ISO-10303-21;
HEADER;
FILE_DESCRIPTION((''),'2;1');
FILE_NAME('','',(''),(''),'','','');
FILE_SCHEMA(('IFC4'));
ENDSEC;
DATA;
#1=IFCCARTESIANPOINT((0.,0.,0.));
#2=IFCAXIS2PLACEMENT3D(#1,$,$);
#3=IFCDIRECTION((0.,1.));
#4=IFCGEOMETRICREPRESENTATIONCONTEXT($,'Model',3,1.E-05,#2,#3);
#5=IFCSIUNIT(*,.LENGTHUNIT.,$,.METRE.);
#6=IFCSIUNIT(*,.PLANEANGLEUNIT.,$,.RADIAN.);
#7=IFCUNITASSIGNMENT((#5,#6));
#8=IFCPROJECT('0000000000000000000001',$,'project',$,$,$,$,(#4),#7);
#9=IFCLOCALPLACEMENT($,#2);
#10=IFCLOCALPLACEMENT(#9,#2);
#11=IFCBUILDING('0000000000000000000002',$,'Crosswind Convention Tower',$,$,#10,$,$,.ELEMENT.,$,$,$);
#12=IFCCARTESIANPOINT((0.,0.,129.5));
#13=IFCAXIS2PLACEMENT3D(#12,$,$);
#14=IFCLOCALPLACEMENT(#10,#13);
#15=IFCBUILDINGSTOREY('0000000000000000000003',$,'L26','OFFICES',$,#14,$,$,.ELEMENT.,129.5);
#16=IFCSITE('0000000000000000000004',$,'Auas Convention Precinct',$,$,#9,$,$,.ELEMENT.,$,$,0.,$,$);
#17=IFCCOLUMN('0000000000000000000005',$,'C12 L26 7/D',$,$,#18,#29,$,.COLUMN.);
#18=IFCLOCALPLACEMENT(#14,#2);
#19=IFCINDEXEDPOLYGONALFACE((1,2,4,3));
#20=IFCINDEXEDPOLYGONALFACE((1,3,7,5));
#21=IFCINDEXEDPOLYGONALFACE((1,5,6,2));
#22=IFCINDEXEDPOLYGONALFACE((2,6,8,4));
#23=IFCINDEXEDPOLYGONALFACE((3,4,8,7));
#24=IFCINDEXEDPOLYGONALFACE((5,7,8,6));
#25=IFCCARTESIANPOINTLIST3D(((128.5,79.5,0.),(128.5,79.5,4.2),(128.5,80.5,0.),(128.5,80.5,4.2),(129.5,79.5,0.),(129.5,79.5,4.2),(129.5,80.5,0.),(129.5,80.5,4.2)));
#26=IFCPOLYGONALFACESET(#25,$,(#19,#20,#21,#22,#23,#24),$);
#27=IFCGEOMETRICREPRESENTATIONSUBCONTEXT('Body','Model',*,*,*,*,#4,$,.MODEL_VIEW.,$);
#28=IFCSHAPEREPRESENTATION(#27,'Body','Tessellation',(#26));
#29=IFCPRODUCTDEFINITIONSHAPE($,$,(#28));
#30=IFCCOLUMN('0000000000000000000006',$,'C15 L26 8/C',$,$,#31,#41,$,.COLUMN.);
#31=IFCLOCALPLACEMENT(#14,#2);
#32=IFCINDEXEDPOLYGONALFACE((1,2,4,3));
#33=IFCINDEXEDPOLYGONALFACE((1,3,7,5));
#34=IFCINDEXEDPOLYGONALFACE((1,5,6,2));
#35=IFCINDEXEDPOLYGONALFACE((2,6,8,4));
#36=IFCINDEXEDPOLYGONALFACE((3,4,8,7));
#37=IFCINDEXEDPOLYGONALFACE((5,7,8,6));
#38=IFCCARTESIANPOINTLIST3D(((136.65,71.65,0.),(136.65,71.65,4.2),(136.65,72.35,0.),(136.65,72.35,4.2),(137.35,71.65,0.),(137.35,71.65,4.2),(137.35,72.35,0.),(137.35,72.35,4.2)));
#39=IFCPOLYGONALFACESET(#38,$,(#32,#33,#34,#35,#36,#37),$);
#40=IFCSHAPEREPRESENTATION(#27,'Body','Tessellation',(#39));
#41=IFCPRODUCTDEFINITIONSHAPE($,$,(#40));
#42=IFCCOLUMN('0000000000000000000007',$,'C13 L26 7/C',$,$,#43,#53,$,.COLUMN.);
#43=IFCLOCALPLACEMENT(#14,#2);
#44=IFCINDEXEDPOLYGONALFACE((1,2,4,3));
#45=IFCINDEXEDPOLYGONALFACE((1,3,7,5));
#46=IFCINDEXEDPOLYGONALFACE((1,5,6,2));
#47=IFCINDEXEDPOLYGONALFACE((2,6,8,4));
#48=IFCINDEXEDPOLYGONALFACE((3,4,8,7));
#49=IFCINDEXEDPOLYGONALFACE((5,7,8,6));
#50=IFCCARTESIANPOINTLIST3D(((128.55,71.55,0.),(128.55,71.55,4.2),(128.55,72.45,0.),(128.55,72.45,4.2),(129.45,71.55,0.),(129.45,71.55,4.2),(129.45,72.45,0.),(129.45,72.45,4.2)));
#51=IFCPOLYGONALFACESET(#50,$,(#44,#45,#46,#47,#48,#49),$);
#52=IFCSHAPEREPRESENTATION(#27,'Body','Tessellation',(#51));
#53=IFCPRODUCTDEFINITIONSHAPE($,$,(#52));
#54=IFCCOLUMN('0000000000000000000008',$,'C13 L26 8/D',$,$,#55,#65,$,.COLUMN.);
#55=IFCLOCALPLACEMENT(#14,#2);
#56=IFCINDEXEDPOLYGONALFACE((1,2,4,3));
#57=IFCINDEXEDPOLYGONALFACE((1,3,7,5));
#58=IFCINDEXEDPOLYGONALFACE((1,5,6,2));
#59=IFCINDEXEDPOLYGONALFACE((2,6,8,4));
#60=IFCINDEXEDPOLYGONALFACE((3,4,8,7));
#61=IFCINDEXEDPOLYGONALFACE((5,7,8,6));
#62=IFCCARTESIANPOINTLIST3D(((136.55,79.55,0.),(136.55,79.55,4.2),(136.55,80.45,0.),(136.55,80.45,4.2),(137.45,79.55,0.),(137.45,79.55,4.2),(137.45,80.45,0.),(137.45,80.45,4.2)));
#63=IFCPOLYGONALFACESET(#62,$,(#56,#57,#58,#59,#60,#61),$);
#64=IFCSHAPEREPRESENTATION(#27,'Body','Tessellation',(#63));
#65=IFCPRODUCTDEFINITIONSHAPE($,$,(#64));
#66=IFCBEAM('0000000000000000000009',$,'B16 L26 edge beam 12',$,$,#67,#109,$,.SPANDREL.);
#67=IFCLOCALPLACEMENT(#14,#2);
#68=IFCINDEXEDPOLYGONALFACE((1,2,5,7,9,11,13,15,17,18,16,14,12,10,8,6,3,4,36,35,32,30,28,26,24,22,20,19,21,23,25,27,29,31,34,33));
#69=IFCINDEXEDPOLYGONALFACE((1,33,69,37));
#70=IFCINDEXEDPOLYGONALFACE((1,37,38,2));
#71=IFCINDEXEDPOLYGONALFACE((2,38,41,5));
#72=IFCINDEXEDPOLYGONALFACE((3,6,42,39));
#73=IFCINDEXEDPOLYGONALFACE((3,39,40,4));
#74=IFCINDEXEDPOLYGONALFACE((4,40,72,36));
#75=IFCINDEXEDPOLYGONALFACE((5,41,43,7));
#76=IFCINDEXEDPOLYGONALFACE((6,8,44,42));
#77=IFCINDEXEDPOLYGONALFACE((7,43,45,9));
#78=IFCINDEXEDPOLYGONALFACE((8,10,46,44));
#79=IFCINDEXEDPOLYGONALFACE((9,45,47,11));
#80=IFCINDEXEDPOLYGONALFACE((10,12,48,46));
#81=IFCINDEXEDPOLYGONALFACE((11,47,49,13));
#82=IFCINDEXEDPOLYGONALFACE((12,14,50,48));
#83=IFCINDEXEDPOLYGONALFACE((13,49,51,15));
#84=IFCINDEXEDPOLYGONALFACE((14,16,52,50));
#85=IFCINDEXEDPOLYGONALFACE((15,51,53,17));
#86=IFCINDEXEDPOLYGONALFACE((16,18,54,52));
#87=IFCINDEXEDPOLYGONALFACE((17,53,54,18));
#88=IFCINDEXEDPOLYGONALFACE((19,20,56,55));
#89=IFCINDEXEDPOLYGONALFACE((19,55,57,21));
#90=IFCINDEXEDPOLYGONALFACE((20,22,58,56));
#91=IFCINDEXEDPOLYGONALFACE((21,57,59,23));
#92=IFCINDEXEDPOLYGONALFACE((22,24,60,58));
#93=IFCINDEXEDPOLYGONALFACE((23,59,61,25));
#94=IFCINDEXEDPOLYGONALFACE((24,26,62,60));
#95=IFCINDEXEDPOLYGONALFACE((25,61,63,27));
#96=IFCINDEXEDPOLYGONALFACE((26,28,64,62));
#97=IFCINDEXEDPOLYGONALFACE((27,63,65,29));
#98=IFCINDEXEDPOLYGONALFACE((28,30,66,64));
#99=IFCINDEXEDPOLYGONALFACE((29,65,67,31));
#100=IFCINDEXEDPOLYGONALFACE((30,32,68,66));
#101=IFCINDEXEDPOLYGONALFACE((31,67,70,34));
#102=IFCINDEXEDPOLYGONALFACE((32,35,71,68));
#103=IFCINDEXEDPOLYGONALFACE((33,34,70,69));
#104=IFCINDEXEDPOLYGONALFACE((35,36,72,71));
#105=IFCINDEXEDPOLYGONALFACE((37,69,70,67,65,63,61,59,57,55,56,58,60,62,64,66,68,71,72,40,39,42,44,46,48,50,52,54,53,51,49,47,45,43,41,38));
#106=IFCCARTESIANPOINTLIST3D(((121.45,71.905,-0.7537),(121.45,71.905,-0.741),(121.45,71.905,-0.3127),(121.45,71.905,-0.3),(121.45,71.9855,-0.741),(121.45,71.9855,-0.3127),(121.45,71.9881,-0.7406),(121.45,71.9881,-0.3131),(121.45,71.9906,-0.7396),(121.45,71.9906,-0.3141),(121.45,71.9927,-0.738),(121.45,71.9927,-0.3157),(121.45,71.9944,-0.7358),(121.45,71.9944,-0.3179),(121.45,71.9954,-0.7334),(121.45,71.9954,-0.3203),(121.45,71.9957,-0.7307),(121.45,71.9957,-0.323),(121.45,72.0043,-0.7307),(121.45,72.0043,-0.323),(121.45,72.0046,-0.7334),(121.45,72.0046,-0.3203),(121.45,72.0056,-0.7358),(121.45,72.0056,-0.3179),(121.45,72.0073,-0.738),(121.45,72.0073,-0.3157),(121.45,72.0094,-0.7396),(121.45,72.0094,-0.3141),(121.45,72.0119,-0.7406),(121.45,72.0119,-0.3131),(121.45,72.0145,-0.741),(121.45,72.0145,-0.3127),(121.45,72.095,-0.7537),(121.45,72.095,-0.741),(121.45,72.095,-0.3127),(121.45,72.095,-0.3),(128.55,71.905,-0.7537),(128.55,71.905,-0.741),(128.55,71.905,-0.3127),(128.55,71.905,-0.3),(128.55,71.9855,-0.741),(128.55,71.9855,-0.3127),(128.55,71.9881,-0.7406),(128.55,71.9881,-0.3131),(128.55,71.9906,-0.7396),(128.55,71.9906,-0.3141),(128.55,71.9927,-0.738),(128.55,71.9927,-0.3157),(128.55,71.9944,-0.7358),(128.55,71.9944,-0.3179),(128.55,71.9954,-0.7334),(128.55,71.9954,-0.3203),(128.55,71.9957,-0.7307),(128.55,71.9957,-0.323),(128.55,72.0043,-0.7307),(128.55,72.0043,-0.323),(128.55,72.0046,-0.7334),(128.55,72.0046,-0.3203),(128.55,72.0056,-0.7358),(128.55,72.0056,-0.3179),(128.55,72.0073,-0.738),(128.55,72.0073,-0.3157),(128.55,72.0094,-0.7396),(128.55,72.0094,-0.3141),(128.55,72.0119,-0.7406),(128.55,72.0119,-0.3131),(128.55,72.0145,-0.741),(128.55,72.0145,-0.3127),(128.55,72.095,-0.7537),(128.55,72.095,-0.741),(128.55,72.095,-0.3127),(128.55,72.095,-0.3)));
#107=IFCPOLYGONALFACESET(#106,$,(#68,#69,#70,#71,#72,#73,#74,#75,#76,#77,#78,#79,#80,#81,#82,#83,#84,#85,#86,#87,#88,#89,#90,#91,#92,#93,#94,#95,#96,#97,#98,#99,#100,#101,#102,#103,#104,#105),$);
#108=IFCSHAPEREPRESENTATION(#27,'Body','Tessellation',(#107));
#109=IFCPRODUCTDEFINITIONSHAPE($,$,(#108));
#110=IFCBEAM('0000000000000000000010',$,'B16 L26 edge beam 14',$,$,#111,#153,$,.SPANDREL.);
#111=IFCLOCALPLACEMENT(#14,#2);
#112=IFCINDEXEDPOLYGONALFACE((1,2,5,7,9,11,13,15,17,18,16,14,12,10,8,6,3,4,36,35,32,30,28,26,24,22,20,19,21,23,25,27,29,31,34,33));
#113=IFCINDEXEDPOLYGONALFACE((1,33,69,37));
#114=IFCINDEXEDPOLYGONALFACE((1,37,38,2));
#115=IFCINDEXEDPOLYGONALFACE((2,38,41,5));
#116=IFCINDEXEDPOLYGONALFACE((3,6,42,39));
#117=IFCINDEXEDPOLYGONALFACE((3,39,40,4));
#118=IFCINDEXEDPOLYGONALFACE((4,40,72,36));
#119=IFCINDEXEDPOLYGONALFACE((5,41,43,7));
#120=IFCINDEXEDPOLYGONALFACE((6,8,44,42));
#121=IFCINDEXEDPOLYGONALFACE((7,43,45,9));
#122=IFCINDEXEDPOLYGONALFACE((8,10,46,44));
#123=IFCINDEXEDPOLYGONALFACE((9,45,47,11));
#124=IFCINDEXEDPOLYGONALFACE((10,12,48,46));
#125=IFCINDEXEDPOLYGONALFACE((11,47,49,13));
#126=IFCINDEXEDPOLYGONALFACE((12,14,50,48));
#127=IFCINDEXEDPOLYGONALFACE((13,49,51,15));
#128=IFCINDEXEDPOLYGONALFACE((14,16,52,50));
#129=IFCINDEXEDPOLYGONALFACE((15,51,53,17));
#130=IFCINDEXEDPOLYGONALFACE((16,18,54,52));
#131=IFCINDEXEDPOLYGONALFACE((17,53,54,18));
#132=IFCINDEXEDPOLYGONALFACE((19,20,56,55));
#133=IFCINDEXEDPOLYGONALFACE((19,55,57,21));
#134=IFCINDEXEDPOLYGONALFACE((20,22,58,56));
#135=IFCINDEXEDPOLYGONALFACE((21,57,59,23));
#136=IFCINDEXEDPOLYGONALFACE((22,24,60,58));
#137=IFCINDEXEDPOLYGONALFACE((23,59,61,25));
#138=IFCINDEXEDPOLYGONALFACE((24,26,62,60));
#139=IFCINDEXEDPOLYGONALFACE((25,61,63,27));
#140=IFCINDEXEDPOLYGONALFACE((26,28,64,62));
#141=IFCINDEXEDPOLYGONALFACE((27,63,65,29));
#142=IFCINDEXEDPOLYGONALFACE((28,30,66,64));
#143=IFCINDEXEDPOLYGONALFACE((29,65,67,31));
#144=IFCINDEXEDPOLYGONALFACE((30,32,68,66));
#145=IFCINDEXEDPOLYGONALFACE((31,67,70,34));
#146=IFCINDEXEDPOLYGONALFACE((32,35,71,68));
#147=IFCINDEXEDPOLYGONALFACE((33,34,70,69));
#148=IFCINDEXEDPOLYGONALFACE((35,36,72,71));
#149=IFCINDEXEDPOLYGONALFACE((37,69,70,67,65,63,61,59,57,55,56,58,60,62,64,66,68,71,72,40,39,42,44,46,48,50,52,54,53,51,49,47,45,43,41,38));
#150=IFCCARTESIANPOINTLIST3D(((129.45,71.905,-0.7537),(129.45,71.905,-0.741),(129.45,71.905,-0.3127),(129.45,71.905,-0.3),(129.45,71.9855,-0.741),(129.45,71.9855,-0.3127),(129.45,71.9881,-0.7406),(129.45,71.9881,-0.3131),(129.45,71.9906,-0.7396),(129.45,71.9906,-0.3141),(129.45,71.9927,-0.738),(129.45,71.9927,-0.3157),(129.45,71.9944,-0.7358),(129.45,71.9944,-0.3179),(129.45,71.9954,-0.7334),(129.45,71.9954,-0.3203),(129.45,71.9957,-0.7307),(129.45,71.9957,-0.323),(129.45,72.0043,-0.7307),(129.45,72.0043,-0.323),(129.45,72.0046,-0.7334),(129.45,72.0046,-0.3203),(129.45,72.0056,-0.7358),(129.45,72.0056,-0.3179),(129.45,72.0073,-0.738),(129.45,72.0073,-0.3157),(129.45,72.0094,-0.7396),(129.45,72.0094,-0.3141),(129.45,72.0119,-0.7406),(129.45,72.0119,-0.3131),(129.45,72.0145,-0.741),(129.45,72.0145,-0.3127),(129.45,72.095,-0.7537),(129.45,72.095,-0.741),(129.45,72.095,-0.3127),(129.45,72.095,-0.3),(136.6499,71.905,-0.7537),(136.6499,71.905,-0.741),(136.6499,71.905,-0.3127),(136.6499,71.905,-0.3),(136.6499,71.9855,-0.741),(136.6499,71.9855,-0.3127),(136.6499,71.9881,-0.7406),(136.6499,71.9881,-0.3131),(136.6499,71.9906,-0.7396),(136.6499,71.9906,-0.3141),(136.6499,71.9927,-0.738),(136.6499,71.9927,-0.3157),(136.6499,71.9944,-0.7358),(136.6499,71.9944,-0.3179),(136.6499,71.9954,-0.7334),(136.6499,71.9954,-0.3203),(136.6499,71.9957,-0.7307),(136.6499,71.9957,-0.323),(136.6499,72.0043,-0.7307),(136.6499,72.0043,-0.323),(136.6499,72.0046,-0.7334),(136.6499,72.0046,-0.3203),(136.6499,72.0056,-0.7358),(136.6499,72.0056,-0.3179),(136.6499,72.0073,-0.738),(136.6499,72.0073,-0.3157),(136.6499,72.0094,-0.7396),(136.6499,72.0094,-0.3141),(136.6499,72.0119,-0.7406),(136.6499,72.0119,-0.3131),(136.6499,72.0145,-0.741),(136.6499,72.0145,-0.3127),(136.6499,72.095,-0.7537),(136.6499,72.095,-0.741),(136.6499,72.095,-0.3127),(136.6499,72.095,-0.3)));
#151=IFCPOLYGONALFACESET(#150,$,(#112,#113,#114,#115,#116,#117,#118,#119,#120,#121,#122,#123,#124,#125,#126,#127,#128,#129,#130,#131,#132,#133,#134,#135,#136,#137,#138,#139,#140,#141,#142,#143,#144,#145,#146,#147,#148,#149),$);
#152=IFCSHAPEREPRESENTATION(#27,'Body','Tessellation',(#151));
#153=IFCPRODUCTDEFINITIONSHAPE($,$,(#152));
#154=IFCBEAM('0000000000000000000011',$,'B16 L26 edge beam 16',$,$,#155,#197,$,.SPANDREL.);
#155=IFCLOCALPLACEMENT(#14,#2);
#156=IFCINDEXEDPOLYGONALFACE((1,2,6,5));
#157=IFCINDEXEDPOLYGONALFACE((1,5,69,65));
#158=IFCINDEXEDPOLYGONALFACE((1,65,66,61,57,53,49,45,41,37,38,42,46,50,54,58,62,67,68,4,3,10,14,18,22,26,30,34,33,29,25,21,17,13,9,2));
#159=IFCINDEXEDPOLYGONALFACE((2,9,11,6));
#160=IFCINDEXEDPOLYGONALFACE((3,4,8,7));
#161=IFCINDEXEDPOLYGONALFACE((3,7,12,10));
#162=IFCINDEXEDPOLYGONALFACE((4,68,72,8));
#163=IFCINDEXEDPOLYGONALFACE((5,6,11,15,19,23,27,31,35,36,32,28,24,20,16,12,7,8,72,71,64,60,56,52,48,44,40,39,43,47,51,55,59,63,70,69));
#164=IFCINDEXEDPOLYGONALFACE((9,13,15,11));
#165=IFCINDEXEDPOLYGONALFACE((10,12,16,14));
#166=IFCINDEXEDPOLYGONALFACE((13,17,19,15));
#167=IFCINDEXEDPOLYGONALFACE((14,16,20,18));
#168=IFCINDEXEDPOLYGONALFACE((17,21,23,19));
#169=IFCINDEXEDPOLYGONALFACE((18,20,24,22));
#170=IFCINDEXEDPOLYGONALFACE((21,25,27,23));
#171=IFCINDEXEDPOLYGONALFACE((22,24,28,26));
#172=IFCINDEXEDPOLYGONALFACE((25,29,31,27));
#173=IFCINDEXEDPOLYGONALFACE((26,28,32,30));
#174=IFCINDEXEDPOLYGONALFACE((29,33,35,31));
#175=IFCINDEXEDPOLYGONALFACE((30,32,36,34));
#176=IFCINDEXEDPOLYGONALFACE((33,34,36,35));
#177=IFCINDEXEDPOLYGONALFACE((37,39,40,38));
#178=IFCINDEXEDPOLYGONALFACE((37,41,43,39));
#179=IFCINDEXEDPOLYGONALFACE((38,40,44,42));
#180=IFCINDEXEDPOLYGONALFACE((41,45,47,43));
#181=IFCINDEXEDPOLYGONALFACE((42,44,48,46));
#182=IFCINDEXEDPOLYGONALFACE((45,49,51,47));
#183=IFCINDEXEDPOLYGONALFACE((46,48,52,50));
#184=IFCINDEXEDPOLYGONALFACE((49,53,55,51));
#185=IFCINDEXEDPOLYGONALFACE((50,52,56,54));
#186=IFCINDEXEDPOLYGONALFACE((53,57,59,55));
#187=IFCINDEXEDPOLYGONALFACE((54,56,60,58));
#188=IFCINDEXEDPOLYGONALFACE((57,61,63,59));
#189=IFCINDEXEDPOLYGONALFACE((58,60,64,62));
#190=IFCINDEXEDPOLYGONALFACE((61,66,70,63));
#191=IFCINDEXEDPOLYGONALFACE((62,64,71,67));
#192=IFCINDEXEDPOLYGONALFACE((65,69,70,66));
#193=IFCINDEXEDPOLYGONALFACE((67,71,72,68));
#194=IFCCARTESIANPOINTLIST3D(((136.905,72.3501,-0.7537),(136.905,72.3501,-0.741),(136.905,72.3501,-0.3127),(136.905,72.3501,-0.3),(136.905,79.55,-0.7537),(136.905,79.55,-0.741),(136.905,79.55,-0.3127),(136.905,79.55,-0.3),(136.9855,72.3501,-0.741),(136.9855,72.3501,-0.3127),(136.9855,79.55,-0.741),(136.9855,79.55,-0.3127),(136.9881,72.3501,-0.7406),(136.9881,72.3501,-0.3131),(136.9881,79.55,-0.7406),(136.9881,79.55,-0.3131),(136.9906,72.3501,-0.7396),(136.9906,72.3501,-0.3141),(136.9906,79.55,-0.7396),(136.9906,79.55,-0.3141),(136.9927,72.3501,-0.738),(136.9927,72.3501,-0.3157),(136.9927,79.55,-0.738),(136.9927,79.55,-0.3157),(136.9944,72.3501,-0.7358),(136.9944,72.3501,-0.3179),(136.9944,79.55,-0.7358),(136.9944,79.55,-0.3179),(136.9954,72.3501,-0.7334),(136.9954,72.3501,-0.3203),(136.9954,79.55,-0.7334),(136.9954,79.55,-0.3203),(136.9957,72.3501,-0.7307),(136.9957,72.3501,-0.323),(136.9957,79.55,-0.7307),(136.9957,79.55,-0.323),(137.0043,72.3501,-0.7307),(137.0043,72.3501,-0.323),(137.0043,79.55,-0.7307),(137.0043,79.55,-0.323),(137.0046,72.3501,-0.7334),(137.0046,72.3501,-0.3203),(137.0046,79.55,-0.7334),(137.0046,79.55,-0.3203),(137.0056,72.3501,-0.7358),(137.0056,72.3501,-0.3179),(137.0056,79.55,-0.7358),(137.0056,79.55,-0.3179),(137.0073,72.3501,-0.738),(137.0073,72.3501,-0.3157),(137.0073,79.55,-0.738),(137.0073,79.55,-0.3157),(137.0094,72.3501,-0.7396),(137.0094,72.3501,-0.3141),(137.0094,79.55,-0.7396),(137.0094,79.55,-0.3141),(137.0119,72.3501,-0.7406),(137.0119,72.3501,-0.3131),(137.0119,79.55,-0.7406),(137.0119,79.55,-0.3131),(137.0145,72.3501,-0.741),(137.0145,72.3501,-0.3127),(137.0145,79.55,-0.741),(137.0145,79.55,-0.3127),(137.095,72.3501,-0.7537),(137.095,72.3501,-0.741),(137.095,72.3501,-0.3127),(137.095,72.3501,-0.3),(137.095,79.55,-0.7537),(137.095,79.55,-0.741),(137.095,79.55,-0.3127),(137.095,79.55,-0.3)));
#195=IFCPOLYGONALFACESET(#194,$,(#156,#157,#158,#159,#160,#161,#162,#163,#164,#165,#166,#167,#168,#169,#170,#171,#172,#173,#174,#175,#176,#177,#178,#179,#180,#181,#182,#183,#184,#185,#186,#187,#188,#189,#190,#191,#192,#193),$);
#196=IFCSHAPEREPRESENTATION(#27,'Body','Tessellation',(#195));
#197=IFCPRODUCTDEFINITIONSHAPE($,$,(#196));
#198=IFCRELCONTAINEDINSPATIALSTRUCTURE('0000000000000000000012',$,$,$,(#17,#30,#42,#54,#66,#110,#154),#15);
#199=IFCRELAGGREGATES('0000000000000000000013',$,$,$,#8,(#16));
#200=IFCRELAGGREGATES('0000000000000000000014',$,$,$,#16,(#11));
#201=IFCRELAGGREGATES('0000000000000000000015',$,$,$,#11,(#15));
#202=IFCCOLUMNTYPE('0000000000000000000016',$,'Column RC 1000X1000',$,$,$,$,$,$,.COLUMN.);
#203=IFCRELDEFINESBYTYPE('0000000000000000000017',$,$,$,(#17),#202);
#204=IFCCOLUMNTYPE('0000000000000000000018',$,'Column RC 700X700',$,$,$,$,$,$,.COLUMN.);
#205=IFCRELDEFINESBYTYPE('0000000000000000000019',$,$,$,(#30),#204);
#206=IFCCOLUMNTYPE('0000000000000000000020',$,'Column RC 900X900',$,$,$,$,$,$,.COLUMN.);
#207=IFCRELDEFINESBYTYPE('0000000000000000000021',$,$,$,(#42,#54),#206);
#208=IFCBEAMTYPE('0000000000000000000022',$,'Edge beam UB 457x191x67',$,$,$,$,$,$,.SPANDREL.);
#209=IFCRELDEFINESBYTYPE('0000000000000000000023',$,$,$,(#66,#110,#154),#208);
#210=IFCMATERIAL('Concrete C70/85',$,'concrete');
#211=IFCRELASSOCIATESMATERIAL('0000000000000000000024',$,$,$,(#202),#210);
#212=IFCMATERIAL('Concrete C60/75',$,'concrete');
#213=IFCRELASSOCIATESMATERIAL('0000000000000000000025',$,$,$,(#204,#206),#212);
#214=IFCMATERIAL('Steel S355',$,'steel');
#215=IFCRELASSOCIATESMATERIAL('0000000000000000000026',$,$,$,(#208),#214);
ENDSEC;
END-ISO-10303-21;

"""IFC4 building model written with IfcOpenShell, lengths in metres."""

from ifc_helpers import new_model, si_unit, direction, frame, origin, origin_2d, place, context, subcontext, project, spatial, rectangle, i_section, extrude, material, material_profile, profile_set, type_object, element, save


model = new_model("IFC4")

# Units and contexts
model_context = context("Model", 3, precision=1e-05, world=origin(), true_north=direction((0.0, 1.0)))
body_context = subcontext(model_context, "Body", "Model", "MODEL_VIEW")
ifc_project = project(units=[si_unit("LENGTHUNIT", "METRE"), si_unit("PLANEANGLEUNIT", "RADIAN")], contexts=[model_context])

# Site, building, storey
site_placement = place(None, origin())
site = spatial("IfcSite", under=ifc_project, at=site_placement, Name="Auas Convention Precinct", CompositionType="ELEMENT", RefElevation=0.0)
building_placement = place(site_placement, origin())
building = spatial("IfcBuilding", under=site, at=building_placement, Name="Crosswind Convention Tower", CompositionType="ELEMENT")
storey_placement = place(building_placement, frame((0.0, 0.0, 129.5)))
storey = spatial("IfcBuildingStorey", under=building, at=storey_placement, Name="L26", Description="OFFICES", CompositionType="ELEMENT", Elevation=129.5)

# Columns
ifc_material_1 = material(Name="Concrete C70/85", Category="concrete")
ifc_material_profile_1 = material_profile(ifc_material_1, rectangle(XDim=1.0, YDim=1.0, at=origin_2d()), Name="RC 1000X1000")
ifc_profile_set_1 = profile_set([ifc_material_profile_1], Name="Concrete C70/85")
column_type_1 = type_object("IfcColumnType", Name="Column RC 1000X1000", PredefinedType="COLUMN", material=ifc_profile_set_1)
column_1_placement = place(storey_placement, frame((129.0, 80.0, 0.0), z_axis=(0.0, 0.0, 1.0), x_axis=(1.0, 0.0, 0.0)))
element("IfcColumn", 1, at=column_1_placement, inside=storey, type_object=column_type_1, Name="C12 L26 7/D", PredefinedType="COLUMN", context=body_context, shape_type="SweptSolid", body=[
    extrude(rectangle(XDim=1.0, YDim=1.0, at=origin_2d()), origin(), (0.0, 0.0, 1.0), 4.2),
])
ifc_material_2 = material(Name="Concrete C60/75", Category="concrete")
ifc_material_profile_2 = material_profile(ifc_material_2, rectangle(XDim=0.7, YDim=0.7, at=origin_2d()), Name="RC 700X700")
ifc_profile_set_2 = profile_set([ifc_material_profile_2], Name="Concrete C60/75")
column_type_2 = type_object("IfcColumnType", Name="Column RC 700X700", PredefinedType="COLUMN", material=ifc_profile_set_2)
column_2_placement = place(storey_placement, frame((137.0, 72.0, 0.0), z_axis=(0.0, 0.0, 1.0), x_axis=(1.0, 0.0, 0.0)))
element("IfcColumn", 2, at=column_2_placement, inside=storey, type_object=column_type_2, Name="C15 L26 8/C", PredefinedType="COLUMN", context=body_context, shape_type="SweptSolid", body=[
    extrude(rectangle(XDim=0.7, YDim=0.7, at=origin_2d()), origin(), (0.0, 0.0, 1.0), 4.2),
])
ifc_material_profile_3 = material_profile(ifc_material_2, rectangle(XDim=0.8999, YDim=0.8999, at=origin_2d()), Name="RC 900X900")
ifc_profile_set_3 = profile_set([ifc_material_profile_3], Name="Concrete C60/75")
column_type_3 = type_object("IfcColumnType", Name="Column RC 900X900", PredefinedType="COLUMN", material=ifc_profile_set_3)
for number, where, z_axis, x_axis, name in (
    (3, (129.0, 72.0, 0.0), (0.0, 0.0, 1.0), (1.0, 0.0, 0.0), "C13 L26 7/C"),
    (4, (137.0, 80.0, 0.0), (0.0, 0.0, 1.0), (1.0, 0.0, 0.0), "C13 L26 8/D"),
):
    element("IfcColumn", number, at=place(storey_placement, frame(where, z_axis=z_axis, x_axis=x_axis)), inside=storey, type_object=column_type_3, Name=name, PredefinedType="COLUMN", context=body_context, shape_type="SweptSolid", body=[
        extrude(rectangle(XDim=0.8999, YDim=0.8999, at=origin_2d()), origin(), (0.0, 0.0, 1.0), 4.2),
    ])

# Beams
ifc_material_3 = material(Name="Steel S355", Category="steel")
ifc_material_profile_4 = material_profile(ifc_material_3, i_section(OverallWidth=0.1899, OverallDepth=0.4536, WebThickness=0.0085, FlangeThickness=0.0127, FilletRadius=0.0103, at=origin_2d()), Name="UB 457x191x67")
ifc_profile_set_4 = profile_set([ifc_material_profile_4], Name="Steel S355")
beam_type_1 = type_object("IfcBeamType", Name="Edge beam UB 457x191x67", PredefinedType="SPANDREL", material=ifc_profile_set_4)
beam_1_placement = place(storey_placement, frame((121.45, 72.0, -0.5269), z_axis=(1.0, 0.0, 0.0), x_axis=(0.0, 1.0, 0.0)))
element("IfcBeam", 5, at=beam_1_placement, inside=storey, type_object=beam_type_1, Name="B16 L26 edge beam 12", PredefinedType="SPANDREL", context=body_context, shape_type="SweptSolid", body=[
    extrude(i_section(OverallWidth=0.1899, OverallDepth=0.4536, WebThickness=0.0085, FlangeThickness=0.0127, FilletRadius=0.0103, at=origin_2d()), origin(), (0.0, 0.0, 1.0), 7.1001),
])
for number, where, z_axis, x_axis, name in (
    (6, (129.45, 72.0, -0.5269), (1.0, 0.0, 0.0), (0.0, 1.0, 0.0), "B16 L26 edge beam 14"),
    (7, (137.0, 72.3501, -0.5269), (0.0, 1.0, 0.0), (-1.0, 0.0, 0.0), "B16 L26 edge beam 16"),
):
    element("IfcBeam", number, at=place(storey_placement, frame(where, z_axis=z_axis, x_axis=x_axis)), inside=storey, type_object=beam_type_1, Name=name, PredefinedType="SPANDREL", context=body_context, shape_type="SweptSolid", body=[
        extrude(i_section(OverallWidth=0.1899, OverallDepth=0.4536, WebThickness=0.0085, FlangeThickness=0.0127, FilletRadius=0.0103, at=origin_2d()), origin(), (0.0, 0.0, 1.0), 7.2),
    ])

save(model, "model.ifc")
